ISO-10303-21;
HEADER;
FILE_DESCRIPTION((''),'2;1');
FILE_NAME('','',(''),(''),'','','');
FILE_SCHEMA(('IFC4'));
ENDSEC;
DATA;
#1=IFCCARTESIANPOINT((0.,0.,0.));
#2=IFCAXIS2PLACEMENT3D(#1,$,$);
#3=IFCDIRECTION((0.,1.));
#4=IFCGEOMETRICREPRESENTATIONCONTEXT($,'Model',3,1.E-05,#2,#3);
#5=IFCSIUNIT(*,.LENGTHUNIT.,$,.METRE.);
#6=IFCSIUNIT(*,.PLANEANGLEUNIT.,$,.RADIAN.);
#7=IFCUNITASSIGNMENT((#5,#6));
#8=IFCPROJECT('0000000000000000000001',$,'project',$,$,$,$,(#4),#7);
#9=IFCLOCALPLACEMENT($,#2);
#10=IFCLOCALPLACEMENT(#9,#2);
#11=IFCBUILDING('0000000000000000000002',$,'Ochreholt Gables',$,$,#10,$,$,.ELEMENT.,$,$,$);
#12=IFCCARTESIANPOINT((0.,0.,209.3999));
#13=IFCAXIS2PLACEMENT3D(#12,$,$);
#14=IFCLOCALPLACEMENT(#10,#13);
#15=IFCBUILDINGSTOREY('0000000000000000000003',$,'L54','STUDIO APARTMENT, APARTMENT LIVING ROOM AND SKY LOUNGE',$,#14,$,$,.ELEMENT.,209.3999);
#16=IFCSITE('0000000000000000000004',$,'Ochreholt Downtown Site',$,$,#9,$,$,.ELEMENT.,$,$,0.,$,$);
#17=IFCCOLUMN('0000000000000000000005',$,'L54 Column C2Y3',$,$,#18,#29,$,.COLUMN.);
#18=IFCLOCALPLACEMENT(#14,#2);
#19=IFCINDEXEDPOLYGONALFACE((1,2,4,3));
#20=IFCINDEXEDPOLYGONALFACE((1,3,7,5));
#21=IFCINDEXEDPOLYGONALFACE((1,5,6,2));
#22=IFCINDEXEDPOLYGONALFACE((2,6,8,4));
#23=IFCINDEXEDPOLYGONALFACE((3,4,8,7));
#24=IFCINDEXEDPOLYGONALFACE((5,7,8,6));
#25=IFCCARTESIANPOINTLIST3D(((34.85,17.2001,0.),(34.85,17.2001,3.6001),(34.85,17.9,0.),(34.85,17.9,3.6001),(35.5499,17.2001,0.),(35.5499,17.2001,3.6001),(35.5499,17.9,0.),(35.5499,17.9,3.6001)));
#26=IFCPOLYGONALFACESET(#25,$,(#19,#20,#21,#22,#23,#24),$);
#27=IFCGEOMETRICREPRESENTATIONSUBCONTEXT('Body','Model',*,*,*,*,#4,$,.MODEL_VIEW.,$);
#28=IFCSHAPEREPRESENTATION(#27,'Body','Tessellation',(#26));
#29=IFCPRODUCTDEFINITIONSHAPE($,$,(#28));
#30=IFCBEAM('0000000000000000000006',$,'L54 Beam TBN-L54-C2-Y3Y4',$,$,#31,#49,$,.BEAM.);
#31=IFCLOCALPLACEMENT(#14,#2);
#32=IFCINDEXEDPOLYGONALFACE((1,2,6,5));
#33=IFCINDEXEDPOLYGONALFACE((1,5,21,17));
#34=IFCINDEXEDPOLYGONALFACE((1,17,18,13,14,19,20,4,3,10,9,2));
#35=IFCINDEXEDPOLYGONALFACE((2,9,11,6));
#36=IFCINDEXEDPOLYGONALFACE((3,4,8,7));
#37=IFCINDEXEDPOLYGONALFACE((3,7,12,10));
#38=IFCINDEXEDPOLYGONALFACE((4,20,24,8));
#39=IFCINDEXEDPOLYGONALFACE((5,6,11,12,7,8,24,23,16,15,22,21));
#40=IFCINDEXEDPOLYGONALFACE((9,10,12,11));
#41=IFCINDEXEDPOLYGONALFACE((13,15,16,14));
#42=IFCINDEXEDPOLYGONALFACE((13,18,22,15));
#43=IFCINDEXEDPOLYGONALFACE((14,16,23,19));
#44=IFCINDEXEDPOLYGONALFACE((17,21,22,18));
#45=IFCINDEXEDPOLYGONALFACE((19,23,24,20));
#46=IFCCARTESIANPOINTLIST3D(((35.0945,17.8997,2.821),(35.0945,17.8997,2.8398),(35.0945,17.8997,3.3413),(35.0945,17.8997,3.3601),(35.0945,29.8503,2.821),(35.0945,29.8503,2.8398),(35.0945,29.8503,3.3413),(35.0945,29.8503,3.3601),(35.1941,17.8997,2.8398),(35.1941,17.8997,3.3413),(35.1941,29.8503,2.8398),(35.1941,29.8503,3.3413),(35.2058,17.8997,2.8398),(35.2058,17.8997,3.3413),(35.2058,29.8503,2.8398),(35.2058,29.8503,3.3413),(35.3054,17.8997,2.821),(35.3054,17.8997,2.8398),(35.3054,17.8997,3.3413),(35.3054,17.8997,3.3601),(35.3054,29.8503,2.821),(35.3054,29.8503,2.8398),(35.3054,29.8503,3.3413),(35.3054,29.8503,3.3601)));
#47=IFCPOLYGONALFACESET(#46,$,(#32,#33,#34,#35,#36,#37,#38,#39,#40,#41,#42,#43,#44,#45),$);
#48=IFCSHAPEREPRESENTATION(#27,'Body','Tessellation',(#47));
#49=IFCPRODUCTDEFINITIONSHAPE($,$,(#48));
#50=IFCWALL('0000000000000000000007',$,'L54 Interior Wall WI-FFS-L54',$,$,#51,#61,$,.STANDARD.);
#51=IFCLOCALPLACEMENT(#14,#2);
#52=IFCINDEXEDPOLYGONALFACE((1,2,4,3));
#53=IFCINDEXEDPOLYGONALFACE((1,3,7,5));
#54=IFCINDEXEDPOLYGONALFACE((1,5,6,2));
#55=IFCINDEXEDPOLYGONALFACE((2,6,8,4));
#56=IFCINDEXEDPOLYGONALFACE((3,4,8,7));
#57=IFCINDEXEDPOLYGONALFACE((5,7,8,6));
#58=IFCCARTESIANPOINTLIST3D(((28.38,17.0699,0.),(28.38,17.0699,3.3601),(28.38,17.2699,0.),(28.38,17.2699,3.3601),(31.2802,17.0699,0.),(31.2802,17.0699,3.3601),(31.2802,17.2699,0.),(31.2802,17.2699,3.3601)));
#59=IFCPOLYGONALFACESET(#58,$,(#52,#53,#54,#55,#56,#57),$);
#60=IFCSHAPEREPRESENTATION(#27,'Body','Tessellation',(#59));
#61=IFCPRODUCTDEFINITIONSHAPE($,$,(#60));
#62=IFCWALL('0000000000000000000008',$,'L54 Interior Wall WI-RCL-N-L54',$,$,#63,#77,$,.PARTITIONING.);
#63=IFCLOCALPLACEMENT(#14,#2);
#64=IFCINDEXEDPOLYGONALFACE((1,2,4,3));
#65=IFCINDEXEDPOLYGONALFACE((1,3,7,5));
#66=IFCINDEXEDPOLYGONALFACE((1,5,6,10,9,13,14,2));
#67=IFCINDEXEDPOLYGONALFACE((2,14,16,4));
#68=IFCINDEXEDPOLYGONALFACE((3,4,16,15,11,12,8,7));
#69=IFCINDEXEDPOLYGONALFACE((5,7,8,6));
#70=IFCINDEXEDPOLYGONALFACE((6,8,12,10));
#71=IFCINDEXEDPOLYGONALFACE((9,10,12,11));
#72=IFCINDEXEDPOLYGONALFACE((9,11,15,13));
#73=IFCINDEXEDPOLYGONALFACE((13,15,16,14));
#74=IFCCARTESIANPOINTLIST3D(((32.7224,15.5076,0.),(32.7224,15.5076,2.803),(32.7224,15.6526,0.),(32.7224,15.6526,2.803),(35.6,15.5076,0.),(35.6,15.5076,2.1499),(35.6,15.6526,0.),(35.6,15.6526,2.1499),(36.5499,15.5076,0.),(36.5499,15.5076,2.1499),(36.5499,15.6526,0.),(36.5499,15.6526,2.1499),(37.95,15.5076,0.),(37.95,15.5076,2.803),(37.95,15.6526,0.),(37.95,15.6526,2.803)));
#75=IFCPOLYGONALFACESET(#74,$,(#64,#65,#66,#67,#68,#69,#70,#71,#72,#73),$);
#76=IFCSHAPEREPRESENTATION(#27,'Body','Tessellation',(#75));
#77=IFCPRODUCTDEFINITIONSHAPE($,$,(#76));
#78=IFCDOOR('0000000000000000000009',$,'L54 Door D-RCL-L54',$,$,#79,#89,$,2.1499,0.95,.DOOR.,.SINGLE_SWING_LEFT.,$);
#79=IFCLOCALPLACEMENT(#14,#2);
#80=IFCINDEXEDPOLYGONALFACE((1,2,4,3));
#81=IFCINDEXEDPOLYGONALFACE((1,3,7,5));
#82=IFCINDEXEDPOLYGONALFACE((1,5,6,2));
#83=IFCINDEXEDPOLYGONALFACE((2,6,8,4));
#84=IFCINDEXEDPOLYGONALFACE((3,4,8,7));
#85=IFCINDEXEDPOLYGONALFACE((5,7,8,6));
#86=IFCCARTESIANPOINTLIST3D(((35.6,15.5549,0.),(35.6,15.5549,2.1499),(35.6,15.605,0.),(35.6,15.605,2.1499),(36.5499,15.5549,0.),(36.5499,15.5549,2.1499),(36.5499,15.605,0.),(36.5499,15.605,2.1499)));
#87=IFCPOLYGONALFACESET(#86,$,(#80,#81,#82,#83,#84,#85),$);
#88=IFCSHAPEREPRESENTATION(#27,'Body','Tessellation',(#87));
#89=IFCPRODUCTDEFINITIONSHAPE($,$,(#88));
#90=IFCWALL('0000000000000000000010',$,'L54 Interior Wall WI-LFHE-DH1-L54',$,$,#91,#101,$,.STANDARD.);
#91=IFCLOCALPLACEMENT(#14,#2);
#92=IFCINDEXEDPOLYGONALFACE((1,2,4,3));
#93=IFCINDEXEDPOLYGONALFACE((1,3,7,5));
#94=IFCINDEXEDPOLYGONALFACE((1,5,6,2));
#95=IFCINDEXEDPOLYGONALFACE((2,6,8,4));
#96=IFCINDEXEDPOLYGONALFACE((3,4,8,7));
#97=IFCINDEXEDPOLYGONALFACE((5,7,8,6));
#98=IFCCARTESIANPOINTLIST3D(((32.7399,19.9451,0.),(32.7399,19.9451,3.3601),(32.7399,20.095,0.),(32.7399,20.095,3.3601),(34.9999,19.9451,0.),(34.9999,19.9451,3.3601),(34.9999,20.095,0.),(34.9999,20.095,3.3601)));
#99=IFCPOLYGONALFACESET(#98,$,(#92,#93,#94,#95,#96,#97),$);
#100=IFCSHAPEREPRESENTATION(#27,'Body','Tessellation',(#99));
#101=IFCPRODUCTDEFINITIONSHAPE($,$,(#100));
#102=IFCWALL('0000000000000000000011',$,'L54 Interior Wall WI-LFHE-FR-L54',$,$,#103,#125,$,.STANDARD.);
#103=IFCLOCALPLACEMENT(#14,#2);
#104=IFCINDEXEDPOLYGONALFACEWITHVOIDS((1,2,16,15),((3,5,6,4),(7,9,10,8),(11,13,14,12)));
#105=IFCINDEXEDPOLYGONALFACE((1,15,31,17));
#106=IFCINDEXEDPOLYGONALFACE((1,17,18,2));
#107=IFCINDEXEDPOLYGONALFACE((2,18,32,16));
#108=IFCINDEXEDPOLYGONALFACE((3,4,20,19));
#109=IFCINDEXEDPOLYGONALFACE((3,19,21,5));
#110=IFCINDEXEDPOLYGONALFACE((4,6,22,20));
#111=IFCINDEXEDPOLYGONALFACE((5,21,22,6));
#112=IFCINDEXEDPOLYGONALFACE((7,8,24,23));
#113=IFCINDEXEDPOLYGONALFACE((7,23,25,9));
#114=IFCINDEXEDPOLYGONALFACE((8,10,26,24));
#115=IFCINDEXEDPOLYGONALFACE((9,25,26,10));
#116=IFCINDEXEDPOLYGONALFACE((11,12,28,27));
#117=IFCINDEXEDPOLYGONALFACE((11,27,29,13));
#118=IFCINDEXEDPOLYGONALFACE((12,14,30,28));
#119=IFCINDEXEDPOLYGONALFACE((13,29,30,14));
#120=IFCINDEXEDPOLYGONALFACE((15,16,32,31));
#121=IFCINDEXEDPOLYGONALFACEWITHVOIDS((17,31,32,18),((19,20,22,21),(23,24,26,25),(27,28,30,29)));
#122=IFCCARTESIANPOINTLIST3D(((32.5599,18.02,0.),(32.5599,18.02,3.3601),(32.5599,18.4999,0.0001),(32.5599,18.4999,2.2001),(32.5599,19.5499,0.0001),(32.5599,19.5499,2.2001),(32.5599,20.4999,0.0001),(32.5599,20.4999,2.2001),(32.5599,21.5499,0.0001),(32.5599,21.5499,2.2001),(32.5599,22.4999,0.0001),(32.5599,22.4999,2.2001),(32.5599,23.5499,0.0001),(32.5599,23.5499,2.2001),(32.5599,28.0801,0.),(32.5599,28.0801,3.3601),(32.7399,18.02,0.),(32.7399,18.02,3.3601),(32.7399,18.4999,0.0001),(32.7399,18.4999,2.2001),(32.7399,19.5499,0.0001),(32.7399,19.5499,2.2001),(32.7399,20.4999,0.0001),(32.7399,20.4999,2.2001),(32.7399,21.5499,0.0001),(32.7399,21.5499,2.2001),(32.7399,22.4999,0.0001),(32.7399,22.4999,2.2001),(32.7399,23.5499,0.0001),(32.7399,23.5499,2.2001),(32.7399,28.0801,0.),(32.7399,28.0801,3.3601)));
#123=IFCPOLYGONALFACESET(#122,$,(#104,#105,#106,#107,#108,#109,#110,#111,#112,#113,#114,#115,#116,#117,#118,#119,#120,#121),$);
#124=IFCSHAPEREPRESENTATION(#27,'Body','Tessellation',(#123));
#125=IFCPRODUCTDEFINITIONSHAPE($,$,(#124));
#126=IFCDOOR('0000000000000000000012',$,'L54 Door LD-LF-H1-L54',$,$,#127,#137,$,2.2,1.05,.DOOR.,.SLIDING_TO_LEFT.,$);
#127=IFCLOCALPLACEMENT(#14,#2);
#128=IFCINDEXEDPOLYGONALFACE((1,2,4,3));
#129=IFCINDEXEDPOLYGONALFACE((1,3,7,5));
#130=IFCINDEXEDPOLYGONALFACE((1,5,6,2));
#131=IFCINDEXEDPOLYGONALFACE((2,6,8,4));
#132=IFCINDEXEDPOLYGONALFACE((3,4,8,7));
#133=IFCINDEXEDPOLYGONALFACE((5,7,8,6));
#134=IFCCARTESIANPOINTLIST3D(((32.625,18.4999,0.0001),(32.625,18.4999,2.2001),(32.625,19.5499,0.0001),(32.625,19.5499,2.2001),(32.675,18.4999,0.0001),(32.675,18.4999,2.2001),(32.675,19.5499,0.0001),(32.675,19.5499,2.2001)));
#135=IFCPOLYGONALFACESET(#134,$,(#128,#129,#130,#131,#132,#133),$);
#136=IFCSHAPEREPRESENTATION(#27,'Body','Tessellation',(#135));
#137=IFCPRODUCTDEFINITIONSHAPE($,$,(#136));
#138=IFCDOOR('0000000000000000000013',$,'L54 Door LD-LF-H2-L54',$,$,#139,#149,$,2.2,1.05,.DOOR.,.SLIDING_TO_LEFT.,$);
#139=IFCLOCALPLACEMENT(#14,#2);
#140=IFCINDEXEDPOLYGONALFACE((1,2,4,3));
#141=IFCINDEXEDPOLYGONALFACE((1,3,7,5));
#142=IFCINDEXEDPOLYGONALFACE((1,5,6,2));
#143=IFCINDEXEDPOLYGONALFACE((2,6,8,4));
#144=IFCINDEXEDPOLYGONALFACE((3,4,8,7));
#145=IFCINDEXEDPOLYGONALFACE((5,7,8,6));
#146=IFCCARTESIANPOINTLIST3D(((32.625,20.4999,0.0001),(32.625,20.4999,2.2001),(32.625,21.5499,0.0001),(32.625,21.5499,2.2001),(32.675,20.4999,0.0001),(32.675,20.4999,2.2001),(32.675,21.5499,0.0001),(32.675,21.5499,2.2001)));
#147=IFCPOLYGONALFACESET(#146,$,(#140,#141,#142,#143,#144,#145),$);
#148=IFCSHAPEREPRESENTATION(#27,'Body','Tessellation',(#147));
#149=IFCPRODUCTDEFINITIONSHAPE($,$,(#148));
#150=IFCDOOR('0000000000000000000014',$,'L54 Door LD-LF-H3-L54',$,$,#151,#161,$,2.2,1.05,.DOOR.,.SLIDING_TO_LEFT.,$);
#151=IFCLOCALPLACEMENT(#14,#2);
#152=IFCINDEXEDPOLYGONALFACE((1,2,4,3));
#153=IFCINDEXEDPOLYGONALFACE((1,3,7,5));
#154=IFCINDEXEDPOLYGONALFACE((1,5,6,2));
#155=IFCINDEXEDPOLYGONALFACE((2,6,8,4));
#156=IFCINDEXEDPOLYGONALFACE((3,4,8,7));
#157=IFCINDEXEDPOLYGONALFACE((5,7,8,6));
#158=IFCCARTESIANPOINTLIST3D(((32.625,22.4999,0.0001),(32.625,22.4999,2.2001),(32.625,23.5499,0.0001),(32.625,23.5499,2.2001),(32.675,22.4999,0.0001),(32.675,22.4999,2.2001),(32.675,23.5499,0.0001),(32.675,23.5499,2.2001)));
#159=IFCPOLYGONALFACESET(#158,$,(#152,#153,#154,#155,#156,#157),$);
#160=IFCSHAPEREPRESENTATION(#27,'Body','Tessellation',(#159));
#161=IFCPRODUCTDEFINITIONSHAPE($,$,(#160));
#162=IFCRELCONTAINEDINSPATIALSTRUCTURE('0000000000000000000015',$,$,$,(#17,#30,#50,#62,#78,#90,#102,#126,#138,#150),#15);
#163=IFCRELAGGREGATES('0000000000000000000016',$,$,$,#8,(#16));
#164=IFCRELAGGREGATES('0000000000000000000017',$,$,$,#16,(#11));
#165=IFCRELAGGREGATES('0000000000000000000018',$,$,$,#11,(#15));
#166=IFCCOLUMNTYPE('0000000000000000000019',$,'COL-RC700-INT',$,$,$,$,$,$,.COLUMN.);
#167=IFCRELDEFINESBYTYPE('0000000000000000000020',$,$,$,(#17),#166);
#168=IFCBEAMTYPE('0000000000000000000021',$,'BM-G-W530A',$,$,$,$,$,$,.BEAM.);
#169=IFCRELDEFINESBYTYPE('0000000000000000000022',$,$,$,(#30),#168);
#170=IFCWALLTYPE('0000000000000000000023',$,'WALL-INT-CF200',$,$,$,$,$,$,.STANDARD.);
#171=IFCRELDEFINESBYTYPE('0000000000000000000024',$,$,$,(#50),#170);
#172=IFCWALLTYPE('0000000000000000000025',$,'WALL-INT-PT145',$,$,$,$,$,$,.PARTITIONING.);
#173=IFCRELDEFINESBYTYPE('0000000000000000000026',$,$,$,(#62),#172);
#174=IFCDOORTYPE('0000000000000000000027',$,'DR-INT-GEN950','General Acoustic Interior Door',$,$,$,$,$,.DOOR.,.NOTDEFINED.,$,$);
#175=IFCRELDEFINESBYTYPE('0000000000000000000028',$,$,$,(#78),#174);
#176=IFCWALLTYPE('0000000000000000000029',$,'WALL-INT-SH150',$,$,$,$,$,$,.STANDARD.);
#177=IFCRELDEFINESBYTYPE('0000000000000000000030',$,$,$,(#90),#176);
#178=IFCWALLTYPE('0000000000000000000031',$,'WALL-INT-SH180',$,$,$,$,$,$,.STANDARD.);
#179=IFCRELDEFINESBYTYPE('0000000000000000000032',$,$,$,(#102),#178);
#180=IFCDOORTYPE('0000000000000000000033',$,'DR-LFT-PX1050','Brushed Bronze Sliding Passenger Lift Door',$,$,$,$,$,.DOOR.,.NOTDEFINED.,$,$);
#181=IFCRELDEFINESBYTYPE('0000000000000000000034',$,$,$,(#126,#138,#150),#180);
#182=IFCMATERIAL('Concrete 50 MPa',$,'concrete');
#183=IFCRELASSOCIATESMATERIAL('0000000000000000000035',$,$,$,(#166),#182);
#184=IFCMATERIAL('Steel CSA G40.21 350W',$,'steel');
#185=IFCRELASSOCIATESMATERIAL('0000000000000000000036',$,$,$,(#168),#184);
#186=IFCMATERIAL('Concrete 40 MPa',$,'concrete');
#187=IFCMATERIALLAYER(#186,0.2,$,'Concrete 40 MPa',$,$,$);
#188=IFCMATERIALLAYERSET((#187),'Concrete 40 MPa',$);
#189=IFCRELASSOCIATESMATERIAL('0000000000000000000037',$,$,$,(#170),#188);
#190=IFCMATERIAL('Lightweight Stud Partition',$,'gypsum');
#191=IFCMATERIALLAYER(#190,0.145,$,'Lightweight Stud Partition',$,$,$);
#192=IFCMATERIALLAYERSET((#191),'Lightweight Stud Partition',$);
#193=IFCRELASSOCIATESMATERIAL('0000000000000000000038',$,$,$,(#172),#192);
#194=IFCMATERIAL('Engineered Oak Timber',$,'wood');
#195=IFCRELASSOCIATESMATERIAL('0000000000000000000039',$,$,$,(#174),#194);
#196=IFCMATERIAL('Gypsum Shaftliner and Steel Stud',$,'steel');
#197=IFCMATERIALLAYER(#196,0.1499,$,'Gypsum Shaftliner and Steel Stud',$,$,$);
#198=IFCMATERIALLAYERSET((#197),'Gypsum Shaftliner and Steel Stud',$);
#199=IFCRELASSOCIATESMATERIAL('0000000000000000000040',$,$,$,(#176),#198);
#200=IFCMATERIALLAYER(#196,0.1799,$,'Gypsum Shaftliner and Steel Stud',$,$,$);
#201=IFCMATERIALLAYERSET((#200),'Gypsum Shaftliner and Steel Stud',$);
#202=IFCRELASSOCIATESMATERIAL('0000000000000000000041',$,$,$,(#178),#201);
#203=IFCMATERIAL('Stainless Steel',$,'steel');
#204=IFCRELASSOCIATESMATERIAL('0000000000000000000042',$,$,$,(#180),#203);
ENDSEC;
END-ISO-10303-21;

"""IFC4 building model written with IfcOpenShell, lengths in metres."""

from ifc_helpers import new_model, si_unit, direction, frame, frame_2d, origin, origin_2d, place, context, subcontext, project, spatial, rectangle, i_section, extrude, material, layer, layer_set, material_profile, profile_set, type_object, element, fill, save


model = new_model("IFC4")

# Units and contexts
model_context = context("Model", 3, precision=1e-05, world=origin(), true_north=direction((0.0, 1.0)))
body_context = subcontext(model_context, "Body", "Model", "MODEL_VIEW")
ifc_project = project(units=[si_unit("LENGTHUNIT", "METRE"), si_unit("PLANEANGLEUNIT", "RADIAN")], contexts=[model_context])

# Site, building, storey
site_placement = place(None, origin())
site = spatial("IfcSite", under=ifc_project, at=site_placement, Name="Ochreholt Downtown Site", CompositionType="ELEMENT", RefElevation=0.0)
building_placement = place(site_placement, origin())
building = spatial("IfcBuilding", under=site, at=building_placement, Name="Ochreholt Gables", CompositionType="ELEMENT")
storey_placement = place(building_placement, frame((0.0, 0.0, 209.3999)))
storey = spatial("IfcBuildingStorey", under=building, at=storey_placement, Name="L54", Description="STUDIO APARTMENT, APARTMENT LIVING ROOM AND SKY LOUNGE", CompositionType="ELEMENT", Elevation=209.3999)

# Column
ifc_material_1 = material(Name="Concrete 50 MPa", Category="concrete")
ifc_material_profile_1 = material_profile(ifc_material_1, rectangle(XDim=0.7, YDim=0.7, at=origin_2d()), Name="RC700X700")
ifc_profile_set_1 = profile_set([ifc_material_profile_1], Name="Concrete 50 MPa")
column_type = type_object("IfcColumnType", Name="COL-RC700-INT", PredefinedType="COLUMN", material=ifc_profile_set_1)
column_placement = place(storey_placement, frame((35.2, 17.55, 0.0), z_axis=(0.0, 0.0, 1.0), x_axis=(1.0, 0.0, 0.0)))
element("IfcColumn", 1, at=column_placement, inside=storey, type_object=column_type, Name="L54 Column C2Y3", PredefinedType="COLUMN", context=body_context, shape_type="SweptSolid", body=[
    extrude(rectangle(XDim=0.7, YDim=0.7, at=origin_2d()), origin(), (0.0, 0.0, 1.0), 3.6001),
])

# Beam
ifc_material_2 = material(Name="Steel CSA G40.21 350W", Category="steel")
ifc_material_profile_2 = material_profile(ifc_material_2, i_section(OverallWidth=0.2109, OverallDepth=0.5391, WebThickness=0.0117, FlangeThickness=0.0188, at=origin_2d()), Name="W530X109")
ifc_profile_set_2 = profile_set([ifc_material_profile_2], Name="Steel CSA G40.21 350W")
beam_type = type_object("IfcBeamType", Name="BM-G-W530A", PredefinedType="BEAM", material=ifc_profile_set_2)
beam_placement = place(storey_placement, frame((35.2, 17.8997, 3.0906), z_axis=(0.0, 1.0, 0.0), x_axis=(-1.0, 0.0, 0.0)))
element("IfcBeam", 2, at=beam_placement, inside=storey, type_object=beam_type, Name="L54 Beam TBN-L54-C2-Y3Y4", PredefinedType="BEAM", context=body_context, shape_type="SweptSolid", body=[
    extrude(i_section(OverallWidth=0.2109, OverallDepth=0.5391, WebThickness=0.0117, FlangeThickness=0.0188, at=origin_2d()), origin(), (0.0, 0.0, 1.0), 11.9507),
])

# Wall
ifc_material_3 = material(Name="Concrete 40 MPa", Category="concrete")
ifc_layer_1 = layer(ifc_material_3, 0.2, Name="Concrete 40 MPa")
ifc_layer_set_1 = layer_set([ifc_layer_1], Name="Concrete 40 MPa")
wall_type_1 = type_object("IfcWallType", Name="WALL-INT-CF200", PredefinedType="STANDARD", material=ifc_layer_set_1)
wall_1_placement = place(storey_placement, frame((28.3799, 17.1699, 0.0), z_axis=(0.0, 0.0, 1.0), x_axis=(1.0, 0.0, 0.0)))
element("IfcWall", 3, at=wall_1_placement, inside=storey, type_object=wall_type_1, Name="L54 Interior Wall WI-FFS-L54", PredefinedType="STANDARD", context=body_context, shape_type="SweptSolid", body=[
    extrude(rectangle(XDim=2.9001, YDim=0.2, at=frame_2d((1.4502, 0.0))), origin(), (0.0, 0.0, 1.0), 3.3601),
])

# Wall, opening, door
ifc_material_4 = material(Name="Lightweight Stud Partition", Category="gypsum")
ifc_layer_2 = layer(ifc_material_4, 0.145, Name="Lightweight Stud Partition")
ifc_layer_set_2 = layer_set([ifc_layer_2], Name="Lightweight Stud Partition")
wall_type_2 = type_object("IfcWallType", Name="WALL-INT-PT145", PredefinedType="PARTITIONING", material=ifc_layer_set_2)
wall_2_placement = place(storey_placement, frame((32.7224, 15.5801, 0.0), z_axis=(0.0, 0.0, 1.0), x_axis=(1.0, 0.0, 0.0)))
wall_2 = element("IfcWall", 4, at=wall_2_placement, inside=storey, type_object=wall_type_2, Name="L54 Interior Wall WI-RCL-N-L54", PredefinedType="PARTITIONING", context=body_context, shape_type="SweptSolid", body=[
    extrude(rectangle(XDim=5.2275, YDim=0.145, at=frame_2d((2.6138, 0.0))), origin(), (0.0, 0.0, 1.0), 2.803),
])
opening_1_placement = place(wall_2_placement, frame((2.8774, 0.0, 0.0)))
opening_1 = element("IfcOpeningElement", 5, at=opening_1_placement, cuts=wall_2, PredefinedType="OPENING", context=body_context, shape_type="SweptSolid", body=[
    extrude(rectangle(XDim=0.95, YDim=2.1499, at=frame_2d((0.4751, 1.075))), frame((0.0, 0.0825, 0.0), z_axis=(0.0, -1.0, 0.0), x_axis=(1.0, 0.0, 0.0)), (0.0, 0.0, 1.0), 0.165),
])
ifc_material_5 = material(Name="Engineered Oak Timber", Category="wood")
door_type_1 = type_object("IfcDoorType", Name="DR-INT-GEN950", Description="General Acoustic Interior Door", OperationType="NOTDEFINED", PredefinedType="DOOR", material=ifc_material_5)
door_1_placement = place(opening_1_placement, origin())
door_1 = element("IfcDoor", 6, at=door_1_placement, inside=storey, type_object=door_type_1, Name="L54 Door D-RCL-L54", OperationType="SINGLE_SWING_LEFT", OverallHeight=2.1499, OverallWidth=0.95, PredefinedType="DOOR", context=body_context, shape_type="SweptSolid", body=[
    extrude(rectangle(XDim=0.95, YDim=2.1499, at=frame_2d((0.4751, 1.075))), frame((0.0, 0.0249, 0.0), z_axis=(0.0, -1.0, 0.0), x_axis=(1.0, 0.0, 0.0)), (0.0, 0.0, 1.0), 0.05),
])
fill(opening_1, door_1)

# Wall
ifc_material_6 = material(Name="Gypsum Shaftliner and Steel Stud", Category="steel")
ifc_layer_3 = layer(ifc_material_6, 0.1499, Name="Gypsum Shaftliner and Steel Stud")
ifc_layer_set_3 = layer_set([ifc_layer_3], Name="Gypsum Shaftliner and Steel Stud")
wall_type_3 = type_object("IfcWallType", Name="WALL-INT-SH150", PredefinedType="STANDARD", material=ifc_layer_set_3)
wall_3_placement = place(storey_placement, frame((32.74, 20.02, 0.0), z_axis=(0.0, 0.0, 1.0), x_axis=(1.0, 0.0, 0.0)))
element("IfcWall", 7, at=wall_3_placement, inside=storey, type_object=wall_type_3, Name="L54 Interior Wall WI-LFHE-DH1-L54", PredefinedType="STANDARD", context=body_context, shape_type="SweptSolid", body=[
    extrude(rectangle(XDim=2.26, YDim=0.1499, at=frame_2d((1.1299, 0.0))), origin(), (0.0, 0.0, 1.0), 3.3601),
])

# Wall, openings, doors
ifc_layer_4 = layer(ifc_material_6, 0.1799, Name="Gypsum Shaftliner and Steel Stud")
ifc_layer_set_4 = layer_set([ifc_layer_4], Name="Gypsum Shaftliner and Steel Stud")
wall_type_4 = type_object("IfcWallType", Name="WALL-INT-SH180", PredefinedType="STANDARD", material=ifc_layer_set_4)
wall_4_placement = place(storey_placement, frame((32.6499, 18.02, 0.0), z_axis=(0.0, 0.0, 1.0), x_axis=(0.0, 1.0, 0.0)))
wall_4 = element("IfcWall", 8, at=wall_4_placement, inside=storey, type_object=wall_type_4, Name="L54 Interior Wall WI-LFHE-FR-L54", PredefinedType="STANDARD", context=body_context, shape_type="SweptSolid", body=[
    extrude(rectangle(XDim=10.0601, YDim=0.1799, at=frame_2d((5.03, 0.0))), origin(), (0.0, 0.0, 1.0), 3.3601),
])
opening_2_placement = place(wall_4_placement, frame((0.48, 0.0, 0.0)))
opening_2 = element("IfcOpeningElement", 9, at=opening_2_placement, cuts=wall_4, PredefinedType="OPENING", context=body_context, shape_type="SweptSolid", body=[
    extrude(rectangle(XDim=1.05, YDim=2.2, at=frame_2d((0.5249, 1.1001))), frame((0.0, 0.0999, 0.0), z_axis=(0.0, -1.0, 0.0), x_axis=(1.0, 0.0, 0.0)), (0.0, 0.0, 1.0), 0.2),
])
opening_3_placement = place(wall_4_placement, frame((2.48, 0.0, 0.0)))
opening_3 = element("IfcOpeningElement", 10, at=opening_3_placement, cuts=wall_4, PredefinedType="OPENING", context=body_context, shape_type="SweptSolid", body=[
    extrude(rectangle(XDim=1.05, YDim=2.2, at=frame_2d((0.5249, 1.1001))), frame((0.0, 0.0999, 0.0), z_axis=(0.0, -1.0, 0.0), x_axis=(1.0, 0.0, 0.0)), (0.0, 0.0, 1.0), 0.2),
])
opening_4_placement = place(wall_4_placement, frame((4.48, 0.0, 0.0)))
opening_4 = element("IfcOpeningElement", 11, at=opening_4_placement, cuts=wall_4, PredefinedType="OPENING", context=body_context, shape_type="SweptSolid", body=[
    extrude(rectangle(XDim=1.05, YDim=2.2, at=frame_2d((0.5249, 1.1001))), frame((0.0, 0.0999, 0.0), z_axis=(0.0, -1.0, 0.0), x_axis=(1.0, 0.0, 0.0)), (0.0, 0.0, 1.0), 0.2),
])
ifc_material_7 = material(Name="Stainless Steel", Category="steel")
door_type_2 = type_object("IfcDoorType", Name="DR-LFT-PX1050", Description="Brushed Bronze Sliding Passenger Lift Door", OperationType="NOTDEFINED", PredefinedType="DOOR", material=ifc_material_7)
door_2_placement = place(opening_2_placement, origin())
door_2 = element("IfcDoor", 12, at=door_2_placement, inside=storey, type_object=door_type_2, Name="L54 Door LD-LF-H1-L54", OperationType="SLIDING_TO_LEFT", OverallHeight=2.2, OverallWidth=1.05, PredefinedType="DOOR", context=body_context, shape_type="SweptSolid", body=[
    extrude(rectangle(XDim=1.05, YDim=2.2, at=frame_2d((0.5249, 1.1001))), frame((0.0, 0.0249, 0.0), z_axis=(0.0, -1.0, 0.0), x_axis=(1.0, 0.0, 0.0)), (0.0, 0.0, 1.0), 0.05),
])
fill(opening_2, door_2)
door_3_placement = place(opening_3_placement, origin())
door_3 = element("IfcDoor", 13, at=door_3_placement, inside=storey, type_object=door_type_2, Name="L54 Door LD-LF-H2-L54", OperationType="SLIDING_TO_LEFT", OverallHeight=2.2, OverallWidth=1.05, PredefinedType="DOOR", context=body_context, shape_type="SweptSolid", body=[
    extrude(rectangle(XDim=1.05, YDim=2.2, at=frame_2d((0.5249, 1.1001))), frame((0.0, 0.0249, 0.0), z_axis=(0.0, -1.0, 0.0), x_axis=(1.0, 0.0, 0.0)), (0.0, 0.0, 1.0), 0.05),
])
fill(opening_3, door_3)
door_4_placement = place(opening_4_placement, origin())
door_4 = element("IfcDoor", 14, at=door_4_placement, inside=storey, type_object=door_type_2, Name="L54 Door LD-LF-H3-L54", OperationType="SLIDING_TO_LEFT", OverallHeight=2.2, OverallWidth=1.05, PredefinedType="DOOR", context=body_context, shape_type="SweptSolid", body=[
    extrude(rectangle(XDim=1.05, YDim=2.2, at=frame_2d((0.5249, 1.1001))), frame((0.0, 0.0249, 0.0), z_axis=(0.0, -1.0, 0.0), x_axis=(1.0, 0.0, 0.0)), (0.0, 0.0, 1.0), 0.05),
])
fill(opening_4, door_4)

save(model, "model.ifc")
